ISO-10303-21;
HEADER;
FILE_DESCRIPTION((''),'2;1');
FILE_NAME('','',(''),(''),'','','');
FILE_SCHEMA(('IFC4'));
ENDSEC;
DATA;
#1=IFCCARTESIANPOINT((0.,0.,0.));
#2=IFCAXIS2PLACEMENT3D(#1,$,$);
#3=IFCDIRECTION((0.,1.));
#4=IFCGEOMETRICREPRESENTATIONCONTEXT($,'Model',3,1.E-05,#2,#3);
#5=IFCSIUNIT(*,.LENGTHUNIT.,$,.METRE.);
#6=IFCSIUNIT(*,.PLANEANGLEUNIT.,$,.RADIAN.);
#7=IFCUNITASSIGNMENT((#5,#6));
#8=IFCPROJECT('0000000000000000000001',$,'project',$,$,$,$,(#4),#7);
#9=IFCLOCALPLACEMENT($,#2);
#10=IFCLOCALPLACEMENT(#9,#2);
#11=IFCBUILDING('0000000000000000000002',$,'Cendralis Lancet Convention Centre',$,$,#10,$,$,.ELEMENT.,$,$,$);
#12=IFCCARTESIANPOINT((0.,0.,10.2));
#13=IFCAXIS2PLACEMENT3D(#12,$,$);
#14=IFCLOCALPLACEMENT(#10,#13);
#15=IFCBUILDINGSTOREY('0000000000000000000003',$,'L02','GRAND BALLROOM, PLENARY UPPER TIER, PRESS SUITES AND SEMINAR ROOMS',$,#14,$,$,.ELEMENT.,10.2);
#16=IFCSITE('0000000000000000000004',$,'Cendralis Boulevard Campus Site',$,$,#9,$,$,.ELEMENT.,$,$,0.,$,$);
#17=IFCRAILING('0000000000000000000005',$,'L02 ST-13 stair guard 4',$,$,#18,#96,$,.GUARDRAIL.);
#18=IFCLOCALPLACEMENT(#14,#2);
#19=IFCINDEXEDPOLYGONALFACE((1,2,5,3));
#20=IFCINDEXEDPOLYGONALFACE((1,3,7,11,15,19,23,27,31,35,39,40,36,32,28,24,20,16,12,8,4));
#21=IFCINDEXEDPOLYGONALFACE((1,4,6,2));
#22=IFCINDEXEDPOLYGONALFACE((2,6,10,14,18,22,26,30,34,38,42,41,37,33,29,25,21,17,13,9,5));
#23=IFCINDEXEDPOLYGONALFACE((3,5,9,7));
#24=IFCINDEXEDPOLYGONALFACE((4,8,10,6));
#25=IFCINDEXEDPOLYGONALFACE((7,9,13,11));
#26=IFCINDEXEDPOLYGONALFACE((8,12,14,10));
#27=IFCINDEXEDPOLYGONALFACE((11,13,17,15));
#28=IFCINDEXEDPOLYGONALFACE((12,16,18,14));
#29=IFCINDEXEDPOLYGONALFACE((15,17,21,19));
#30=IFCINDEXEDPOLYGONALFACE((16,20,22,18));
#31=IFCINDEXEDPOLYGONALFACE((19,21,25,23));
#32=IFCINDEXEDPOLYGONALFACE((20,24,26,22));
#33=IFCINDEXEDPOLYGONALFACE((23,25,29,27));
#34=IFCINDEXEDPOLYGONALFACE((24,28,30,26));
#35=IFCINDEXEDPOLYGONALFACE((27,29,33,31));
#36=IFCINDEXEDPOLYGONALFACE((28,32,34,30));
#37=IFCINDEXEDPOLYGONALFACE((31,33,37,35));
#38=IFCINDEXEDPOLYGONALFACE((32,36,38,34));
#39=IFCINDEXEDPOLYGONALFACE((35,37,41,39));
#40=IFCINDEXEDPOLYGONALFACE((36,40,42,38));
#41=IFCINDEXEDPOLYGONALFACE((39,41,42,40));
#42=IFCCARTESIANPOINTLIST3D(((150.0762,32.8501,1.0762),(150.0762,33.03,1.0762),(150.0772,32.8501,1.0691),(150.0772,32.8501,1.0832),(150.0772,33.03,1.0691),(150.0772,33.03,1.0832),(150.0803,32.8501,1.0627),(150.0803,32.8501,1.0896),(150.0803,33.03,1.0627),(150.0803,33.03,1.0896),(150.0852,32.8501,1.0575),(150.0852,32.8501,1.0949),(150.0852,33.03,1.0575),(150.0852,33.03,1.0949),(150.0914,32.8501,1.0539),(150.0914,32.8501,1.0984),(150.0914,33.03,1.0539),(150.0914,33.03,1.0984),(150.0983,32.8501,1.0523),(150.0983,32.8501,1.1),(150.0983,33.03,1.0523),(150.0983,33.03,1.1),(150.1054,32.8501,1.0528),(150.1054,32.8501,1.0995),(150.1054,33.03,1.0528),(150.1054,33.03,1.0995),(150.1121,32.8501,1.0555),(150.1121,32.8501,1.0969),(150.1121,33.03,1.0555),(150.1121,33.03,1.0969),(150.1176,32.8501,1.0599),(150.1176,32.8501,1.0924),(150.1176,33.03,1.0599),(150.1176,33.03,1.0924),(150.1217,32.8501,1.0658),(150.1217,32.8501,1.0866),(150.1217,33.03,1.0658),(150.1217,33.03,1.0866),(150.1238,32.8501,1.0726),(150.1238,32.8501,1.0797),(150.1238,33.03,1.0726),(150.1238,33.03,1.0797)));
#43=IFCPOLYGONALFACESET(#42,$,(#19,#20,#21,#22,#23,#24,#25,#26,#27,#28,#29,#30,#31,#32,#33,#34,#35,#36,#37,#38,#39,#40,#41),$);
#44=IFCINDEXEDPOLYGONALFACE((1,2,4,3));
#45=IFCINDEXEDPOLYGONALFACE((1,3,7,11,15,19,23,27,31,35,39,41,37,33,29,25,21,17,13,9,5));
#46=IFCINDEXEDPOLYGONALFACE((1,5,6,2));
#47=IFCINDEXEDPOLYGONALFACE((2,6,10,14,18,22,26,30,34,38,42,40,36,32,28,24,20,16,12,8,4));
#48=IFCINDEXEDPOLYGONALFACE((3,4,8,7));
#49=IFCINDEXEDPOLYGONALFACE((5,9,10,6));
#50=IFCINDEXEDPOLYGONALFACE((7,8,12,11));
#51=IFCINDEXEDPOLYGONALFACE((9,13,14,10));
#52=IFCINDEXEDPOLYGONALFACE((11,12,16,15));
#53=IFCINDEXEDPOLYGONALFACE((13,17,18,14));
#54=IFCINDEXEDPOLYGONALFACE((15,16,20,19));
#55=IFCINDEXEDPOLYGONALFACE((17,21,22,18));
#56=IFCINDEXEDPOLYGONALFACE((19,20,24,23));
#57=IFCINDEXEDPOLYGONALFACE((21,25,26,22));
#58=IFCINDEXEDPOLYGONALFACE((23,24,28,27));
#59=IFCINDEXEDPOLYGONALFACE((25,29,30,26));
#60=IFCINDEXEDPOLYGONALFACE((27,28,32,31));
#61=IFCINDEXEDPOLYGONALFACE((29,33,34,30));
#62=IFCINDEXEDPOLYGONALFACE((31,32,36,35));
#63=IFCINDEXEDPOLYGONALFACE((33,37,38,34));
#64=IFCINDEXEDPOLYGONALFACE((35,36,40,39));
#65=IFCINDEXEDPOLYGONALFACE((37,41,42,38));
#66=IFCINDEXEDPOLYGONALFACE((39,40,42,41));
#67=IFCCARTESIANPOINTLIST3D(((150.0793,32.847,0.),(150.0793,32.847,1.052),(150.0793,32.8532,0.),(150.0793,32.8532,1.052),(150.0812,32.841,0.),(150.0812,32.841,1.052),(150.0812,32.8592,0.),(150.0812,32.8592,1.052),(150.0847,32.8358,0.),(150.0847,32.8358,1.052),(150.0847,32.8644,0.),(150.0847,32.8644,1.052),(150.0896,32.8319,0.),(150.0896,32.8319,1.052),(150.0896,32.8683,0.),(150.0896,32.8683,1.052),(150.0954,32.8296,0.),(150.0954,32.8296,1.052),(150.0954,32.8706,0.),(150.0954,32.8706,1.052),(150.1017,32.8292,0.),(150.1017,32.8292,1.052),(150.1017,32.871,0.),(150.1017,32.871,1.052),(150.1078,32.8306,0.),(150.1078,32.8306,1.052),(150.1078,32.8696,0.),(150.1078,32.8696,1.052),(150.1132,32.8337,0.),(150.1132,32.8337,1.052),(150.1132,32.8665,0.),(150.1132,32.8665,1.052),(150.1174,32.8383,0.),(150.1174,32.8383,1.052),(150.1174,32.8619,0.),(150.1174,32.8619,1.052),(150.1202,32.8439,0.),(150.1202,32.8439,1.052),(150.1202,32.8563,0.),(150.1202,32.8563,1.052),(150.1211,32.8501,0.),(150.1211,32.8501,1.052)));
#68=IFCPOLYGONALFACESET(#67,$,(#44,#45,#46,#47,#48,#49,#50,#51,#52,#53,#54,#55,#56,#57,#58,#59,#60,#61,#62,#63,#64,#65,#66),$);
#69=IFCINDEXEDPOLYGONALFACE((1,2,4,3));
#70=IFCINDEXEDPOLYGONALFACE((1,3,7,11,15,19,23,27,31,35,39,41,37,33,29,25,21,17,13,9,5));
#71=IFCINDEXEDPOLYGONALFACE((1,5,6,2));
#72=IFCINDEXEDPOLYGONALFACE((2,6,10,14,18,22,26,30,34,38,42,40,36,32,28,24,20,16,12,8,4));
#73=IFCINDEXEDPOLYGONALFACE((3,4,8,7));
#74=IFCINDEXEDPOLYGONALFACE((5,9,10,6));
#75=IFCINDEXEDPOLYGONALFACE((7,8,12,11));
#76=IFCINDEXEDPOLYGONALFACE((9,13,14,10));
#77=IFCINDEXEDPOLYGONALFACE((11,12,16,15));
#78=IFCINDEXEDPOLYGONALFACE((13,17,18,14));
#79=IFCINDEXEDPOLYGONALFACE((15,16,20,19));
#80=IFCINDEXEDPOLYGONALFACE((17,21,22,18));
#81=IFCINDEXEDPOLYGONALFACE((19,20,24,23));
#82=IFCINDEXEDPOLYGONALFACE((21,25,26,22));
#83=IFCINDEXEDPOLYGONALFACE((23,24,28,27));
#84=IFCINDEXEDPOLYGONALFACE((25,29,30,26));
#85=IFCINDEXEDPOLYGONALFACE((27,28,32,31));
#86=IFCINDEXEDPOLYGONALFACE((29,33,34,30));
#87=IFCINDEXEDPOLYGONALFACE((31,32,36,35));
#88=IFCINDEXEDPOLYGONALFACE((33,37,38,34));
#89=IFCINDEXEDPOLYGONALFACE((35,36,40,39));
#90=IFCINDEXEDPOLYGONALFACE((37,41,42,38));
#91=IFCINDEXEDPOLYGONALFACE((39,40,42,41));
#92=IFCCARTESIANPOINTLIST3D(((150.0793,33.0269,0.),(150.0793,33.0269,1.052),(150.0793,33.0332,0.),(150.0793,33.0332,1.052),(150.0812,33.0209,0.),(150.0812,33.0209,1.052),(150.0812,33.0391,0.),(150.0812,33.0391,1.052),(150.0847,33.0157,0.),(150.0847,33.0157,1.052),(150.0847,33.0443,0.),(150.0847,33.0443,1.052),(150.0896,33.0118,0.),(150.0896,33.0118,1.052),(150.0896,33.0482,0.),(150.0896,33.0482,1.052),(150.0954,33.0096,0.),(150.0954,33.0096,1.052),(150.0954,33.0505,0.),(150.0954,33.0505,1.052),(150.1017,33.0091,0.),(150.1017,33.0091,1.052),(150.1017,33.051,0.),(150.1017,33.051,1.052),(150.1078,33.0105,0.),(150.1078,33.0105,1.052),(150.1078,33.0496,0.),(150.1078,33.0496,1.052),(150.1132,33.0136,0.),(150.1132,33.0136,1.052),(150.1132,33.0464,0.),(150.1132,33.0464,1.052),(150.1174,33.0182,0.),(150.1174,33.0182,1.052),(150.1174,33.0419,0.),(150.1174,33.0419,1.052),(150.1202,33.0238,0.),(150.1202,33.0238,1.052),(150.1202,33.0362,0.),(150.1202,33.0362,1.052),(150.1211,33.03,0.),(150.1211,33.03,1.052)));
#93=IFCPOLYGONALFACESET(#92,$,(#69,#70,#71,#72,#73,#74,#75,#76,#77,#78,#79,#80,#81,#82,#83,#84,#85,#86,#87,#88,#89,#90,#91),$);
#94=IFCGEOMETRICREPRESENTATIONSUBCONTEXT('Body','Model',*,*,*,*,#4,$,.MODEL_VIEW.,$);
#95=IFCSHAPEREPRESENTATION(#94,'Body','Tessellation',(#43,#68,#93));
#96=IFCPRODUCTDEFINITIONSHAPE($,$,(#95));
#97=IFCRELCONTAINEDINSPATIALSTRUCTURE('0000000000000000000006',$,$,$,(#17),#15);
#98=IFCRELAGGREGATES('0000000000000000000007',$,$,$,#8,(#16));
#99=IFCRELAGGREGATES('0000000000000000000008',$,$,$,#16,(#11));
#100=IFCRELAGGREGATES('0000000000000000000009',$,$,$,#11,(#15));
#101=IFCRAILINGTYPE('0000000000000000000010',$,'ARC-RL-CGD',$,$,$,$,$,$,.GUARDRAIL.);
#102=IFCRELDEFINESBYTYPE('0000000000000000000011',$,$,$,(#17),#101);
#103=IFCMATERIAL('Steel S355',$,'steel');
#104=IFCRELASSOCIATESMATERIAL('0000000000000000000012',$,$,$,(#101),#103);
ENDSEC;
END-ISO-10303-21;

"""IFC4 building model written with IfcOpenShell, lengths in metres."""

from ifc_helpers import new_model, si_unit, direction, frame, origin, origin_2d, place, context, subcontext, project, spatial, circle, extrude, material, type_object, element, save


model = new_model("IFC4")

# Units and contexts
model_context = context("Model", 3, precision=1e-05, world=origin(), true_north=direction((0.0, 1.0)))
body_context = subcontext(model_context, "Body", "Model", "MODEL_VIEW")
ifc_project = project(units=[si_unit("LENGTHUNIT", "METRE"), si_unit("PLANEANGLEUNIT", "RADIAN")], contexts=[model_context])

# Site, building, storey
site_placement = place(None, origin())
site = spatial("IfcSite", under=ifc_project, at=site_placement, Name="Cendralis Boulevard Campus Site", CompositionType="ELEMENT", RefElevation=0.0)
building_placement = place(site_placement, origin())
building = spatial("IfcBuilding", under=site, at=building_placement, Name="Cendralis Lancet Convention Centre", CompositionType="ELEMENT")
storey_placement = place(building_placement, frame((0.0, 0.0, 10.2)))
storey = spatial("IfcBuildingStorey", under=building, at=storey_placement, Name="L02", Description="GRAND BALLROOM, PLENARY UPPER TIER, PRESS SUITES AND SEMINAR ROOMS", CompositionType="ELEMENT", Elevation=10.2)

# Shared definitions
ifc_material_1 = material(Name="Steel S355", Category="steel")

# Railing
railing_type_1 = type_object("IfcRailingType", Name="ARC-RL-CGD", PredefinedType="GUARDRAIL", material=ifc_material_1)
railing_1_placement = place(storey_placement, frame((150.1001, 32.8501, 0.0)))
element("IfcRailing", 1, at=railing_1_placement, inside=storey, type_object=railing_type_1, Name="L02 ST-13 stair guard 4", PredefinedType="GUARDRAIL", context=body_context, shape_type="SweptSolid", body=[
    extrude(circle(Radius=0.0239, at=origin_2d()), frame((0.0, 0.0, 1.0762), z_axis=(0.0, 1.0, 0.0), x_axis=(-1.0, 0.0, 0.0)), (0.0, 0.0, 1.0), 0.1799),
    extrude(circle(Radius=0.021, at=origin_2d()), origin(), (0.0, 0.0, 1.0), 1.052),
    extrude(circle(Radius=0.021, at=origin_2d()), frame((0.0, 0.1799, 0.0)), (0.0, 0.0, 1.0), 1.052),
])

save(model, "model.ifc")
